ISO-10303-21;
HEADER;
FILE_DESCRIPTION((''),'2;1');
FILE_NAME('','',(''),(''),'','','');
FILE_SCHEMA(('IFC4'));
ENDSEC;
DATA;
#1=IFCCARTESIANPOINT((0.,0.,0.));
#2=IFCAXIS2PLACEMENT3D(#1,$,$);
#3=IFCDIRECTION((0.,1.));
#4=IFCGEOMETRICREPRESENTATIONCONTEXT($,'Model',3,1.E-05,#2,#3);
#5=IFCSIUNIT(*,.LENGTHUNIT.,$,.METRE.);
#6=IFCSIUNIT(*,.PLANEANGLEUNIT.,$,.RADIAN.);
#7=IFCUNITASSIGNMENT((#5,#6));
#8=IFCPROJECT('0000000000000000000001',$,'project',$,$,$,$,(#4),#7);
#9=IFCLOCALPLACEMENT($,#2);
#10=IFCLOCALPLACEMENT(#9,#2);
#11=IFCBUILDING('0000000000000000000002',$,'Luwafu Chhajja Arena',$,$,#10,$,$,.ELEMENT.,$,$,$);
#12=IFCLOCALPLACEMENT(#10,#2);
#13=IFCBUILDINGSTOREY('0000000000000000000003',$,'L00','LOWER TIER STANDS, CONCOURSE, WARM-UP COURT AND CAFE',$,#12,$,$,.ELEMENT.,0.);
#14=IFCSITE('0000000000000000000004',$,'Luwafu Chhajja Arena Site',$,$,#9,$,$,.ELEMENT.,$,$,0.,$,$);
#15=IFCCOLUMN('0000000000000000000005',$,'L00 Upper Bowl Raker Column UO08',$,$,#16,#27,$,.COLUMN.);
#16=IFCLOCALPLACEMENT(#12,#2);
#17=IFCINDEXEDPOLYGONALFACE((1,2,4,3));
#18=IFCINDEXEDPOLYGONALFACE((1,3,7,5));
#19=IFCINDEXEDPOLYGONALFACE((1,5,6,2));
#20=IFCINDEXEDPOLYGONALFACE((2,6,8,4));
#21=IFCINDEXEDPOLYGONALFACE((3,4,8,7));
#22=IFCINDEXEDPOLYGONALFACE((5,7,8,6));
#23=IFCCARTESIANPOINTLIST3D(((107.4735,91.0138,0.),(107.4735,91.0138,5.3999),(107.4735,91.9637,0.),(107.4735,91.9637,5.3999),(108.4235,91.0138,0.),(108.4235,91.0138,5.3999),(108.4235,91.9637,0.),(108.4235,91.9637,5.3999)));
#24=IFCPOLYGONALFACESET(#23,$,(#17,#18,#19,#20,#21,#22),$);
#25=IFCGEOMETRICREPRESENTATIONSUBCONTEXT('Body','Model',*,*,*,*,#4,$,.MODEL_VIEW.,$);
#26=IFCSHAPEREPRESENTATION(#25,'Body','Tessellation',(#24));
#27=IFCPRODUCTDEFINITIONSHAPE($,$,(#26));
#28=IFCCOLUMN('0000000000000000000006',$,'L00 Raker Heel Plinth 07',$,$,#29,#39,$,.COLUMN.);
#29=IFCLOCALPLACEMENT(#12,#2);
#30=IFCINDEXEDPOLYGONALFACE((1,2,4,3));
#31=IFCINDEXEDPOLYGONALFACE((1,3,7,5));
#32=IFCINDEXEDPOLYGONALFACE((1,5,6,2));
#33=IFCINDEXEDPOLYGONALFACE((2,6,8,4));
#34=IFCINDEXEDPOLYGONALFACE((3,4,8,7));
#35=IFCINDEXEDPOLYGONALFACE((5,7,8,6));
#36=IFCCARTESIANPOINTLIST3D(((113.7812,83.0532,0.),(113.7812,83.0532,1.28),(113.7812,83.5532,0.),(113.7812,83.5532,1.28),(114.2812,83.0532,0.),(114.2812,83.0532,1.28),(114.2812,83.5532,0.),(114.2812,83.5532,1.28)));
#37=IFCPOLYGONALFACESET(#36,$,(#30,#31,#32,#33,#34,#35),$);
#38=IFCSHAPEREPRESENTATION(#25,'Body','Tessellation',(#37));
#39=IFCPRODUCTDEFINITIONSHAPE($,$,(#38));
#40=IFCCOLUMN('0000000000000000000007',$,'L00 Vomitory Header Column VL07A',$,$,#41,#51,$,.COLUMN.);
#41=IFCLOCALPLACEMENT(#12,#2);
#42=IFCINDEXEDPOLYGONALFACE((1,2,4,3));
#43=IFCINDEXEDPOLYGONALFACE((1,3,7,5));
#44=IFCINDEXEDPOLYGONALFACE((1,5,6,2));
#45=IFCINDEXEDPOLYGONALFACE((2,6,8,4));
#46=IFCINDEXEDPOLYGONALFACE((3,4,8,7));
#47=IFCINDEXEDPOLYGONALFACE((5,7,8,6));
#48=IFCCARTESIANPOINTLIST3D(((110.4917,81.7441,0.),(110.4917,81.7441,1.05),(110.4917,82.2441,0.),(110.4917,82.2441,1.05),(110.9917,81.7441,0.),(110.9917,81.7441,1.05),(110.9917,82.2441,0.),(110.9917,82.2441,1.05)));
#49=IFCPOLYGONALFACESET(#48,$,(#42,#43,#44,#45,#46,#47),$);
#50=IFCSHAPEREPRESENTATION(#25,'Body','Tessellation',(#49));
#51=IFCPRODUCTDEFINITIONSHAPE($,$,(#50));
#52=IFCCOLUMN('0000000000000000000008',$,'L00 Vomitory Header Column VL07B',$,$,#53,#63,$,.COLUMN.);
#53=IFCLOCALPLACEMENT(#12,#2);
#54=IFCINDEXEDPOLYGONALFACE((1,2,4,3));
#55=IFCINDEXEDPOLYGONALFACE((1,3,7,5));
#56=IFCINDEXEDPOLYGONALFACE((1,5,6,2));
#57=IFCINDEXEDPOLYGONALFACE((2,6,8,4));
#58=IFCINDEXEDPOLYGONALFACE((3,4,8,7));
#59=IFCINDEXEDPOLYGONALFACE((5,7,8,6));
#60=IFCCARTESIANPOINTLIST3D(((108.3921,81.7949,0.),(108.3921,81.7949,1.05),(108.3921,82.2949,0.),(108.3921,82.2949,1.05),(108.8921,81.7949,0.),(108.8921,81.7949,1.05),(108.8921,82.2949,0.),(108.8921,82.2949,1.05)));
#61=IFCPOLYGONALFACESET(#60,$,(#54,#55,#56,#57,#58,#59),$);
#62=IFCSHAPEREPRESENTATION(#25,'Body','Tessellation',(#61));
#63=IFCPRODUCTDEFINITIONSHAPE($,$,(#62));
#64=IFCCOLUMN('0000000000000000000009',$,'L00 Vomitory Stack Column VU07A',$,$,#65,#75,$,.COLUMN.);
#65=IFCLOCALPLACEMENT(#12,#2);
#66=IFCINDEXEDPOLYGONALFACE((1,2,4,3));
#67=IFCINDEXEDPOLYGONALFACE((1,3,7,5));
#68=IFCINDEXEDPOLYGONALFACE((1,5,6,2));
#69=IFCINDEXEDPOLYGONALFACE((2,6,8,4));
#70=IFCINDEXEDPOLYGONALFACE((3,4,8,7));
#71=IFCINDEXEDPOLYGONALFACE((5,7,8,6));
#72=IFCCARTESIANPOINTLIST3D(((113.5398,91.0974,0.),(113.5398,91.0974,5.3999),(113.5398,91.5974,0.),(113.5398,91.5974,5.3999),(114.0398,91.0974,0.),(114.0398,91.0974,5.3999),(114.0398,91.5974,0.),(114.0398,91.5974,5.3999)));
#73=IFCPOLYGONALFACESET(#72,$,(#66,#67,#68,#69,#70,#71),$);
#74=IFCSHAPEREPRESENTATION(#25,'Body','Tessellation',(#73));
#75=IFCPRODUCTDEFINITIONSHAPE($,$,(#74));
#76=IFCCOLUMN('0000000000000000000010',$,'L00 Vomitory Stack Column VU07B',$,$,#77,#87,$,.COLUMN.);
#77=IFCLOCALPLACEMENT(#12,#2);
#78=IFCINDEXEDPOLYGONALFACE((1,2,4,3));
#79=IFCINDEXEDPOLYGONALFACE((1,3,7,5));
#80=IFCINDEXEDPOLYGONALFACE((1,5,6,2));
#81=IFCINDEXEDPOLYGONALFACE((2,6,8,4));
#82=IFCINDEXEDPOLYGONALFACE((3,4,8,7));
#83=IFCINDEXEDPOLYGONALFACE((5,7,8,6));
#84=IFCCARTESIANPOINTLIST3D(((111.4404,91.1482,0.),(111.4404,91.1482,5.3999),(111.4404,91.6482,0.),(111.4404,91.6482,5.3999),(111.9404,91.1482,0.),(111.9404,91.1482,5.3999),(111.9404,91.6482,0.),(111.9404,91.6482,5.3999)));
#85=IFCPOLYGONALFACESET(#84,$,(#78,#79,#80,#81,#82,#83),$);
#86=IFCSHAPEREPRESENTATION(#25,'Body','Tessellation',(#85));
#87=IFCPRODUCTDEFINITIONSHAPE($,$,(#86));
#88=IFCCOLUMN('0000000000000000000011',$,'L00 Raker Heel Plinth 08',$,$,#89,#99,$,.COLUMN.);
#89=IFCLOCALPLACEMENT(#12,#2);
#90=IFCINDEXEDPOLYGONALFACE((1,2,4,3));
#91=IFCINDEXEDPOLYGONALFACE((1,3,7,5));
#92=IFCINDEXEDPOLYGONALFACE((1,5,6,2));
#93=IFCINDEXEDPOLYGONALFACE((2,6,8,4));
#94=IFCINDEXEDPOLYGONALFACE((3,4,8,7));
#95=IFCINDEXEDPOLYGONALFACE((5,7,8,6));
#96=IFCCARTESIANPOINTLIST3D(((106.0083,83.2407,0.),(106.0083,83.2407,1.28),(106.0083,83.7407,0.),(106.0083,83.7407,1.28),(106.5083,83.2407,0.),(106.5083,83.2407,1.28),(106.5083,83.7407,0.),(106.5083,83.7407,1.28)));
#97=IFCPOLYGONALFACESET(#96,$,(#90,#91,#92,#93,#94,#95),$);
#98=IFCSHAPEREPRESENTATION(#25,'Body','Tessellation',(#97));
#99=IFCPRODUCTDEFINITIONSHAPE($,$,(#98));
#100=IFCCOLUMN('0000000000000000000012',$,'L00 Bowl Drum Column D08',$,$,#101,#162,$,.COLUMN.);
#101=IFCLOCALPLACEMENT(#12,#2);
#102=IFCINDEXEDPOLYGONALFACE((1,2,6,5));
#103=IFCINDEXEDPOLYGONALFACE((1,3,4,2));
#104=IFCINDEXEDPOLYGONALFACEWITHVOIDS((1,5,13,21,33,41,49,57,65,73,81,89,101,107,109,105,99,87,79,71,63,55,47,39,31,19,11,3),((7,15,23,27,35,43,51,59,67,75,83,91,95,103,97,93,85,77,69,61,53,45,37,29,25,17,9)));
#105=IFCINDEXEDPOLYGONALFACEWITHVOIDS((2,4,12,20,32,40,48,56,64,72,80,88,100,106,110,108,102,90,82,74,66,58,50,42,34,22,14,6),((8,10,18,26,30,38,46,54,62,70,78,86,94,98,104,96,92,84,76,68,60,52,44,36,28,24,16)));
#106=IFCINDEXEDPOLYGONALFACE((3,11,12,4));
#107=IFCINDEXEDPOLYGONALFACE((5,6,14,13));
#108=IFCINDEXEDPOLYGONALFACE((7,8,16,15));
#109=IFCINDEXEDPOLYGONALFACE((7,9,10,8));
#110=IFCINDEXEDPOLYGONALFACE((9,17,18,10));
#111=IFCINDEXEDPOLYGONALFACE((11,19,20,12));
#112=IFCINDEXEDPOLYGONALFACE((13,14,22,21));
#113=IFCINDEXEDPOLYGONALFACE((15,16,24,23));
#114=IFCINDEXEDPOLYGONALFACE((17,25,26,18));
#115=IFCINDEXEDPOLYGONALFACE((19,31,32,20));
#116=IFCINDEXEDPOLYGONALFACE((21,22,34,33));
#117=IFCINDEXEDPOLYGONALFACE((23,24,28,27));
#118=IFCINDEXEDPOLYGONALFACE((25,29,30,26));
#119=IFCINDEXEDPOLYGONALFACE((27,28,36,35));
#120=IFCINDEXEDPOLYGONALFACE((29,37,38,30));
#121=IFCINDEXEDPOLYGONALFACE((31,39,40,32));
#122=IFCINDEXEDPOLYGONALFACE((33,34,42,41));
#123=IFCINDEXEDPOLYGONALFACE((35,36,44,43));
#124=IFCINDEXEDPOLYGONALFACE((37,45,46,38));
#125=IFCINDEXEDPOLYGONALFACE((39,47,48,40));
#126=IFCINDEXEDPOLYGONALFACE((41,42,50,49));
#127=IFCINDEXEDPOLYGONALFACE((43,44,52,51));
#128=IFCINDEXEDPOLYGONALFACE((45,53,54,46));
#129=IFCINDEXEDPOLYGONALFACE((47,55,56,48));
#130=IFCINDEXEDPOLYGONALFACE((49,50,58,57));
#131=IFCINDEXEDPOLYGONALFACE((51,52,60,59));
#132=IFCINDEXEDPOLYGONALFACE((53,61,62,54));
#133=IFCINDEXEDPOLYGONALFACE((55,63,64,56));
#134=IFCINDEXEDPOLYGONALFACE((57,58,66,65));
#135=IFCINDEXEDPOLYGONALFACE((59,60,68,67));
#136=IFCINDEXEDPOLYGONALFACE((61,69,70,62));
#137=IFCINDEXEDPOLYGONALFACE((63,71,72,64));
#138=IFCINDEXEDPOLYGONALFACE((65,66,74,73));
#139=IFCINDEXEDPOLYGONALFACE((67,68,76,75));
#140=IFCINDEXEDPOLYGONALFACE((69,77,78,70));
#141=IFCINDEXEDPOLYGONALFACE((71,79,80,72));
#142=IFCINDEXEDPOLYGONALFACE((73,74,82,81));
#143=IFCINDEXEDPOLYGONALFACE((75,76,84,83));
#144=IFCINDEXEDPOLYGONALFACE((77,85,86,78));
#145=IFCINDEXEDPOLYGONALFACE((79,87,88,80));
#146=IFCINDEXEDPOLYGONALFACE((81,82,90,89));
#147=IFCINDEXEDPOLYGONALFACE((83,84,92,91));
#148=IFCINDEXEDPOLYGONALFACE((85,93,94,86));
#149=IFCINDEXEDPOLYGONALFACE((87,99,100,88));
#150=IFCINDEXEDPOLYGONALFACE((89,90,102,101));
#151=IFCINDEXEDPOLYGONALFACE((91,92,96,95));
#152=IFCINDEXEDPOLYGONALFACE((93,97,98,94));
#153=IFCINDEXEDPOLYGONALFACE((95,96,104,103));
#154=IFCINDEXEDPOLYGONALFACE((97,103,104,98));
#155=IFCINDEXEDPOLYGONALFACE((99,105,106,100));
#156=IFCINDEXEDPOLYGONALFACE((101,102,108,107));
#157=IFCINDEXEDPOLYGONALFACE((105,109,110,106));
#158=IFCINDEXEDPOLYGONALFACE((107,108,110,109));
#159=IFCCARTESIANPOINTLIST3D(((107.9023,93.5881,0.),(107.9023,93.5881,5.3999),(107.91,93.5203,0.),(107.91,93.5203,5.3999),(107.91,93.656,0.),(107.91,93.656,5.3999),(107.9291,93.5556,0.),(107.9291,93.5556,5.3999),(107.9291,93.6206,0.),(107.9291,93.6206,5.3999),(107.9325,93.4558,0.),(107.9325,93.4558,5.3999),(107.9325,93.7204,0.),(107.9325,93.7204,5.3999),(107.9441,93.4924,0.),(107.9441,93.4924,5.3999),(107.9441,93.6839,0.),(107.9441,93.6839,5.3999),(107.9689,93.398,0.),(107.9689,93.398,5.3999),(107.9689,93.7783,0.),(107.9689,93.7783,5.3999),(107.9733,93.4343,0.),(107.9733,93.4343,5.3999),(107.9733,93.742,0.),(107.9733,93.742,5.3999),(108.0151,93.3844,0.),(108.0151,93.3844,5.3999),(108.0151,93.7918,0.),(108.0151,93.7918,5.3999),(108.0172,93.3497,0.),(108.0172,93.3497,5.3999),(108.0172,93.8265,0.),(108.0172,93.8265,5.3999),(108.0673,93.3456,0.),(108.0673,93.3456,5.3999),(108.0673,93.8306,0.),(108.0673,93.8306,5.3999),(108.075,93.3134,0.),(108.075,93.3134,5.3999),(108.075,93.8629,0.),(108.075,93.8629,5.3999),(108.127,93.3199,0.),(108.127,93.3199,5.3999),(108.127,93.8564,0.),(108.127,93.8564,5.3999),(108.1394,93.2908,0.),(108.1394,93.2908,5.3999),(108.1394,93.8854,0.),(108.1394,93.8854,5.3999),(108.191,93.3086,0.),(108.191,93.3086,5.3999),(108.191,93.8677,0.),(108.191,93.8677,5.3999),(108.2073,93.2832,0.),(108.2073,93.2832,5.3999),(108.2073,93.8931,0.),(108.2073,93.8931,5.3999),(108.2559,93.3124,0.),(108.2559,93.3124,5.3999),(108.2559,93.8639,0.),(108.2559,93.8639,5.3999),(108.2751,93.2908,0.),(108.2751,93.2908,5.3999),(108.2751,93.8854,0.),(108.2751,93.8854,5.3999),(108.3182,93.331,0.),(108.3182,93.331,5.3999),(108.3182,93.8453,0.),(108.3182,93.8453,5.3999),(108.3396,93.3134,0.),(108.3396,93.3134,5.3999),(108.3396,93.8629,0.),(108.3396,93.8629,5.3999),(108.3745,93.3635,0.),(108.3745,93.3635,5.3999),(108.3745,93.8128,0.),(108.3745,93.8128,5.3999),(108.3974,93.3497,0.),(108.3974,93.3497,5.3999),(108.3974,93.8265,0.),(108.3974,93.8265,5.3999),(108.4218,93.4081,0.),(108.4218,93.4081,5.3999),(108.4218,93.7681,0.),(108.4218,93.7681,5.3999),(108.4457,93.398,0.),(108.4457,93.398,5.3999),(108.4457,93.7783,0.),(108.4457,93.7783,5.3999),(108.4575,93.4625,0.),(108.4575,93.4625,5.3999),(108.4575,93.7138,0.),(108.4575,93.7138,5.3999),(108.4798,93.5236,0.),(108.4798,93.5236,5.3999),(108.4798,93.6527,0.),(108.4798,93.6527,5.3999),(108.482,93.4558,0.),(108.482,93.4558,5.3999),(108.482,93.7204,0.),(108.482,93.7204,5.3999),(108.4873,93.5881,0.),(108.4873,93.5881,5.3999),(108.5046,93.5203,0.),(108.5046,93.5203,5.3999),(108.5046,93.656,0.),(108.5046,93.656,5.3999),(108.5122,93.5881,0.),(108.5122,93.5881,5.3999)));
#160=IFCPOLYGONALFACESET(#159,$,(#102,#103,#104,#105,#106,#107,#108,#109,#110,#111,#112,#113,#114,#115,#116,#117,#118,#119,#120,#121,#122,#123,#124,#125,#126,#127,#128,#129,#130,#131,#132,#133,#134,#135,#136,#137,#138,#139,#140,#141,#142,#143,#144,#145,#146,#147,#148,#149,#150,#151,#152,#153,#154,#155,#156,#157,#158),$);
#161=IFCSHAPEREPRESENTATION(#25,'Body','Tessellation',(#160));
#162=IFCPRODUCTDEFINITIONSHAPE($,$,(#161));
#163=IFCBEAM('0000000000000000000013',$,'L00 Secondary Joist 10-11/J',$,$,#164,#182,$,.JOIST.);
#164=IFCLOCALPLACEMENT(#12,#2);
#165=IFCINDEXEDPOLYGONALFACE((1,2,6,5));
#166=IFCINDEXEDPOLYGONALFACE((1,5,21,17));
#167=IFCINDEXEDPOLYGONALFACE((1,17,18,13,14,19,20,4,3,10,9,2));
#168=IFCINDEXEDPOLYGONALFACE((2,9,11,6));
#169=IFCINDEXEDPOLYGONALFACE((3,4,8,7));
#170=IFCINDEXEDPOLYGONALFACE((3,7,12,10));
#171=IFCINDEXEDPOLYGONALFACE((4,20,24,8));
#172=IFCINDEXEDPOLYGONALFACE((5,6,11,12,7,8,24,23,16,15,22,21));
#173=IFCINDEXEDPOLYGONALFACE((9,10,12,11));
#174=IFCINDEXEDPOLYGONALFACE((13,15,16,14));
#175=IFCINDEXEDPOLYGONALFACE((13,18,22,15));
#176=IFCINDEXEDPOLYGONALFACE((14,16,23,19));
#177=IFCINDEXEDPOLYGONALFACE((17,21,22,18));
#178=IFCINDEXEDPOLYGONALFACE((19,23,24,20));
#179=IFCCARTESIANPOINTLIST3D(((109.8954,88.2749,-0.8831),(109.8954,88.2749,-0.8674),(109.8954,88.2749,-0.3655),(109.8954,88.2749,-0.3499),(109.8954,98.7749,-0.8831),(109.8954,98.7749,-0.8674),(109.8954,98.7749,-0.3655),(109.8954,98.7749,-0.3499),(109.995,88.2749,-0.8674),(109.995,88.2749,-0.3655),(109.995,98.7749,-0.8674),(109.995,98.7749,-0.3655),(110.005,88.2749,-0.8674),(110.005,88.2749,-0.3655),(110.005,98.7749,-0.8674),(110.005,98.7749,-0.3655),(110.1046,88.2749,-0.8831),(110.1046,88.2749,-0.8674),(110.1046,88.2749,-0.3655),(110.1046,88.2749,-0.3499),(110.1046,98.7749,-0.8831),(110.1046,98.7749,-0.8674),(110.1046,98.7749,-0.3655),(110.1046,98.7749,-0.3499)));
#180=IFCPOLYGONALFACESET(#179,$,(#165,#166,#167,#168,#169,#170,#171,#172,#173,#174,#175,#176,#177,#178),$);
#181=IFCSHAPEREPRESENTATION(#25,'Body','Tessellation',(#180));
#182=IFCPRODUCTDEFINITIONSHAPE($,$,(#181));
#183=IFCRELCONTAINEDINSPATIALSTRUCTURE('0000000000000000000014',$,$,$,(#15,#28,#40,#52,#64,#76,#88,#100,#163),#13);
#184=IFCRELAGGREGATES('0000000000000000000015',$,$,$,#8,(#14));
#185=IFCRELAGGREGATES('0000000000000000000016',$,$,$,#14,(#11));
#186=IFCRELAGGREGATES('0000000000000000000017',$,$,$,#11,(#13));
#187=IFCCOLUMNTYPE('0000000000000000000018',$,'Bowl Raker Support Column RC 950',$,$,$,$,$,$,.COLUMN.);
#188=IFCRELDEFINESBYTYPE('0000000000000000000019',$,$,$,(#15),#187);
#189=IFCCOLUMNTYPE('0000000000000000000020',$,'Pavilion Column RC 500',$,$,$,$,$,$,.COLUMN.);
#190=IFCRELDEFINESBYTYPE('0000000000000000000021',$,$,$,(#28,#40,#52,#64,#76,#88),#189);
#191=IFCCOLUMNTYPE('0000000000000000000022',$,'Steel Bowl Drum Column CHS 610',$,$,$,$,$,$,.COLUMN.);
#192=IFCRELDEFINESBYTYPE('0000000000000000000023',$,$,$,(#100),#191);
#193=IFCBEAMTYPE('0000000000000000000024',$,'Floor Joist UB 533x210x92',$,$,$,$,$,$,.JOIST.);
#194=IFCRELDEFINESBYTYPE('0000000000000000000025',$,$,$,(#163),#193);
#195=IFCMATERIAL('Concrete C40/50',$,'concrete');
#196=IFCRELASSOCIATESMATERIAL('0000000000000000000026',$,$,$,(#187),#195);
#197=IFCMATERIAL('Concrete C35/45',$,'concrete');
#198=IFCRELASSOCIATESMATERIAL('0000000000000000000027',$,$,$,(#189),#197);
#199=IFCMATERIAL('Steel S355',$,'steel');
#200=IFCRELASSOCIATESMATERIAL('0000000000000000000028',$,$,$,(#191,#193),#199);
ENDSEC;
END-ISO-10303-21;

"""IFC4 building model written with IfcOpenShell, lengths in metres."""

from ifc_helpers import new_model, si_unit, direction, frame, origin, origin_2d, place, context, subcontext, project, spatial, rectangle, hollow_circle, i_section, extrude, material, material_profile, profile_set, type_object, element, save


model = new_model("IFC4")

# Units and contexts
model_context = context("Model", 3, precision=1e-05, world=origin(), true_north=direction((0.0, 1.0)))
body_context = subcontext(model_context, "Body", "Model", "MODEL_VIEW")
ifc_project = project(units=[si_unit("LENGTHUNIT", "METRE"), si_unit("PLANEANGLEUNIT", "RADIAN")], contexts=[model_context])

# Site, building, storey
site_placement = place(None, origin())
site = spatial("IfcSite", under=ifc_project, at=site_placement, Name="Luwafu Chhajja Arena Site", CompositionType="ELEMENT", RefElevation=0.0)
building_placement = place(site_placement, origin())
building = spatial("IfcBuilding", under=site, at=building_placement, Name="Luwafu Chhajja Arena", CompositionType="ELEMENT")
storey_placement = place(building_placement, origin())
storey = spatial("IfcBuildingStorey", under=building, at=storey_placement, Name="L00", Description="LOWER TIER STANDS, CONCOURSE, WARM-UP COURT AND CAFE", CompositionType="ELEMENT", Elevation=0.0)

# Columns
ifc_material_1 = material(Name="Concrete C40/50", Category="concrete")
ifc_material_profile_1 = material_profile(ifc_material_1, rectangle(XDim=0.95, YDim=0.95, at=origin_2d()), Name="RC 950x950")
ifc_profile_set_1 = profile_set([ifc_material_profile_1], Name="Concrete C40/50")
column_type_1 = type_object("IfcColumnType", Name="Bowl Raker Support Column RC 950", PredefinedType="COLUMN", material=ifc_profile_set_1)
column_1_placement = place(storey_placement, frame((107.9485, 91.4888, 0.0), z_axis=(0.0, 0.0, 1.0), x_axis=(1.0, 0.0, 0.0)))
element("IfcColumn", 1, at=column_1_placement, inside=storey, type_object=column_type_1, Name="L00 Upper Bowl Raker Column UO08", PredefinedType="COLUMN", context=body_context, shape_type="SweptSolid", body=[
    extrude(rectangle(XDim=0.95, YDim=0.95, at=origin_2d()), origin(), (0.0, 0.0, 1.0), 5.3999),
])
ifc_material_2 = material(Name="Concrete C35/45", Category="concrete")
ifc_material_profile_2 = material_profile(ifc_material_2, rectangle(XDim=0.5, YDim=0.5, at=origin_2d()), Name="RC 500x500")
ifc_profile_set_2 = profile_set([ifc_material_profile_2], Name="Concrete C35/45")
column_type_2 = type_object("IfcColumnType", Name="Pavilion Column RC 500", PredefinedType="COLUMN", material=ifc_profile_set_2)
column_2_placement = place(storey_placement, frame((114.0312, 83.3032, 0.0), z_axis=(0.0, 0.0, 1.0), x_axis=(1.0, 0.0, 0.0)))
element("IfcColumn", 2, at=column_2_placement, inside=storey, type_object=column_type_2, Name="L00 Raker Heel Plinth 07", PredefinedType="COLUMN", context=body_context, shape_type="SweptSolid", body=[
    extrude(rectangle(XDim=0.5, YDim=0.5, at=origin_2d()), origin(), (0.0, 0.0, 1.0), 1.28),
])
for number, where, z_axis, x_axis, name in (
    (3, (110.7417, 81.9941, 0.0), (0.0, 0.0, 1.0), (1.0, 0.0, 0.0), "L00 Vomitory Header Column VL07A"),
    (4, (108.6421, 82.0449, 0.0), (0.0, 0.0, 1.0), (1.0, 0.0, 0.0), "L00 Vomitory Header Column VL07B"),
):
    element("IfcColumn", number, at=place(storey_placement, frame(where, z_axis=z_axis, x_axis=x_axis)), inside=storey, type_object=column_type_2, Name=name, PredefinedType="COLUMN", context=body_context, shape_type="SweptSolid", body=[
        extrude(rectangle(XDim=0.5, YDim=0.5, at=origin_2d()), origin(), (0.0, 0.0, 1.0), 1.05),
    ])
for number, where, z_axis, x_axis, name in (
    (5, (113.7898, 91.3474, 0.0), (0.0, 0.0, 1.0), (1.0, 0.0, 0.0), "L00 Vomitory Stack Column VU07A"),
    (6, (111.6904, 91.3982, 0.0), (0.0, 0.0, 1.0), (1.0, 0.0, 0.0), "L00 Vomitory Stack Column VU07B"),
):
    element("IfcColumn", number, at=place(storey_placement, frame(where, z_axis=z_axis, x_axis=x_axis)), inside=storey, type_object=column_type_2, Name=name, PredefinedType="COLUMN", context=body_context, shape_type="SweptSolid", body=[
        extrude(rectangle(XDim=0.5, YDim=0.5, at=origin_2d()), origin(), (0.0, 0.0, 1.0), 5.3999),
    ])
column_3_placement = place(storey_placement, frame((106.2583, 83.4907, 0.0), z_axis=(0.0, 0.0, 1.0), x_axis=(1.0, 0.0, 0.0)))
element("IfcColumn", 7, at=column_3_placement, inside=storey, type_object=column_type_2, Name="L00 Raker Heel Plinth 08", PredefinedType="COLUMN", context=body_context, shape_type="SweptSolid", body=[
    extrude(rectangle(XDim=0.5, YDim=0.5, at=origin_2d()), origin(), (0.0, 0.0, 1.0), 1.28),
])
ifc_material_3 = material(Name="Steel S355", Category="steel")
ifc_material_profile_3 = material_profile(ifc_material_3, hollow_circle(Radius=0.3049, WallThickness=0.0249, at=origin_2d()), Name="CHS 610x25")
ifc_profile_set_3 = profile_set([ifc_material_profile_3], Name="Steel S355")
column_type_3 = type_object("IfcColumnType", Name="Steel Bowl Drum Column CHS 610", PredefinedType="COLUMN", material=ifc_profile_set_3)
column_4_placement = place(storey_placement, frame((108.2073, 93.5881, 0.0), z_axis=(0.0, 0.0, 1.0), x_axis=(1.0, 0.0, 0.0)))
element("IfcColumn", 8, at=column_4_placement, inside=storey, type_object=column_type_3, Name="L00 Bowl Drum Column D08", PredefinedType="COLUMN", context=body_context, shape_type="SweptSolid", body=[
    extrude(hollow_circle(Radius=0.3049, WallThickness=0.0249, at=origin_2d()), origin(), (0.0, 0.0, 1.0), 5.3999),
])

# Beam
ifc_material_profile_4 = material_profile(ifc_material_3, i_section(OverallWidth=0.2092, OverallDepth=0.5332, WebThickness=0.01, FlangeThickness=0.0156, at=origin_2d()), Name="UB 533x210x92")
ifc_profile_set_4 = profile_set([ifc_material_profile_4], Name="Steel S355")
beam_type_1 = type_object("IfcBeamType", Name="Floor Joist UB 533x210x92", PredefinedType="JOIST", material=ifc_profile_set_4)
beam_1_placement = place(storey_placement, frame((110.0, 88.2749, -0.6165), z_axis=(0.0, 1.0, 0.0), x_axis=(-1.0, 0.0, 0.0)))
element("IfcBeam", 9, at=beam_1_placement, inside=storey, type_object=beam_type_1, Name="L00 Secondary Joist 10-11/J", PredefinedType="JOIST", context=body_context, shape_type="SweptSolid", body=[
    extrude(i_section(OverallWidth=0.2092, OverallDepth=0.5332, WebThickness=0.01, FlangeThickness=0.0156, at=origin_2d()), origin(), (0.0, 0.0, 1.0), 10.5),
])

save(model, "model.ifc")
